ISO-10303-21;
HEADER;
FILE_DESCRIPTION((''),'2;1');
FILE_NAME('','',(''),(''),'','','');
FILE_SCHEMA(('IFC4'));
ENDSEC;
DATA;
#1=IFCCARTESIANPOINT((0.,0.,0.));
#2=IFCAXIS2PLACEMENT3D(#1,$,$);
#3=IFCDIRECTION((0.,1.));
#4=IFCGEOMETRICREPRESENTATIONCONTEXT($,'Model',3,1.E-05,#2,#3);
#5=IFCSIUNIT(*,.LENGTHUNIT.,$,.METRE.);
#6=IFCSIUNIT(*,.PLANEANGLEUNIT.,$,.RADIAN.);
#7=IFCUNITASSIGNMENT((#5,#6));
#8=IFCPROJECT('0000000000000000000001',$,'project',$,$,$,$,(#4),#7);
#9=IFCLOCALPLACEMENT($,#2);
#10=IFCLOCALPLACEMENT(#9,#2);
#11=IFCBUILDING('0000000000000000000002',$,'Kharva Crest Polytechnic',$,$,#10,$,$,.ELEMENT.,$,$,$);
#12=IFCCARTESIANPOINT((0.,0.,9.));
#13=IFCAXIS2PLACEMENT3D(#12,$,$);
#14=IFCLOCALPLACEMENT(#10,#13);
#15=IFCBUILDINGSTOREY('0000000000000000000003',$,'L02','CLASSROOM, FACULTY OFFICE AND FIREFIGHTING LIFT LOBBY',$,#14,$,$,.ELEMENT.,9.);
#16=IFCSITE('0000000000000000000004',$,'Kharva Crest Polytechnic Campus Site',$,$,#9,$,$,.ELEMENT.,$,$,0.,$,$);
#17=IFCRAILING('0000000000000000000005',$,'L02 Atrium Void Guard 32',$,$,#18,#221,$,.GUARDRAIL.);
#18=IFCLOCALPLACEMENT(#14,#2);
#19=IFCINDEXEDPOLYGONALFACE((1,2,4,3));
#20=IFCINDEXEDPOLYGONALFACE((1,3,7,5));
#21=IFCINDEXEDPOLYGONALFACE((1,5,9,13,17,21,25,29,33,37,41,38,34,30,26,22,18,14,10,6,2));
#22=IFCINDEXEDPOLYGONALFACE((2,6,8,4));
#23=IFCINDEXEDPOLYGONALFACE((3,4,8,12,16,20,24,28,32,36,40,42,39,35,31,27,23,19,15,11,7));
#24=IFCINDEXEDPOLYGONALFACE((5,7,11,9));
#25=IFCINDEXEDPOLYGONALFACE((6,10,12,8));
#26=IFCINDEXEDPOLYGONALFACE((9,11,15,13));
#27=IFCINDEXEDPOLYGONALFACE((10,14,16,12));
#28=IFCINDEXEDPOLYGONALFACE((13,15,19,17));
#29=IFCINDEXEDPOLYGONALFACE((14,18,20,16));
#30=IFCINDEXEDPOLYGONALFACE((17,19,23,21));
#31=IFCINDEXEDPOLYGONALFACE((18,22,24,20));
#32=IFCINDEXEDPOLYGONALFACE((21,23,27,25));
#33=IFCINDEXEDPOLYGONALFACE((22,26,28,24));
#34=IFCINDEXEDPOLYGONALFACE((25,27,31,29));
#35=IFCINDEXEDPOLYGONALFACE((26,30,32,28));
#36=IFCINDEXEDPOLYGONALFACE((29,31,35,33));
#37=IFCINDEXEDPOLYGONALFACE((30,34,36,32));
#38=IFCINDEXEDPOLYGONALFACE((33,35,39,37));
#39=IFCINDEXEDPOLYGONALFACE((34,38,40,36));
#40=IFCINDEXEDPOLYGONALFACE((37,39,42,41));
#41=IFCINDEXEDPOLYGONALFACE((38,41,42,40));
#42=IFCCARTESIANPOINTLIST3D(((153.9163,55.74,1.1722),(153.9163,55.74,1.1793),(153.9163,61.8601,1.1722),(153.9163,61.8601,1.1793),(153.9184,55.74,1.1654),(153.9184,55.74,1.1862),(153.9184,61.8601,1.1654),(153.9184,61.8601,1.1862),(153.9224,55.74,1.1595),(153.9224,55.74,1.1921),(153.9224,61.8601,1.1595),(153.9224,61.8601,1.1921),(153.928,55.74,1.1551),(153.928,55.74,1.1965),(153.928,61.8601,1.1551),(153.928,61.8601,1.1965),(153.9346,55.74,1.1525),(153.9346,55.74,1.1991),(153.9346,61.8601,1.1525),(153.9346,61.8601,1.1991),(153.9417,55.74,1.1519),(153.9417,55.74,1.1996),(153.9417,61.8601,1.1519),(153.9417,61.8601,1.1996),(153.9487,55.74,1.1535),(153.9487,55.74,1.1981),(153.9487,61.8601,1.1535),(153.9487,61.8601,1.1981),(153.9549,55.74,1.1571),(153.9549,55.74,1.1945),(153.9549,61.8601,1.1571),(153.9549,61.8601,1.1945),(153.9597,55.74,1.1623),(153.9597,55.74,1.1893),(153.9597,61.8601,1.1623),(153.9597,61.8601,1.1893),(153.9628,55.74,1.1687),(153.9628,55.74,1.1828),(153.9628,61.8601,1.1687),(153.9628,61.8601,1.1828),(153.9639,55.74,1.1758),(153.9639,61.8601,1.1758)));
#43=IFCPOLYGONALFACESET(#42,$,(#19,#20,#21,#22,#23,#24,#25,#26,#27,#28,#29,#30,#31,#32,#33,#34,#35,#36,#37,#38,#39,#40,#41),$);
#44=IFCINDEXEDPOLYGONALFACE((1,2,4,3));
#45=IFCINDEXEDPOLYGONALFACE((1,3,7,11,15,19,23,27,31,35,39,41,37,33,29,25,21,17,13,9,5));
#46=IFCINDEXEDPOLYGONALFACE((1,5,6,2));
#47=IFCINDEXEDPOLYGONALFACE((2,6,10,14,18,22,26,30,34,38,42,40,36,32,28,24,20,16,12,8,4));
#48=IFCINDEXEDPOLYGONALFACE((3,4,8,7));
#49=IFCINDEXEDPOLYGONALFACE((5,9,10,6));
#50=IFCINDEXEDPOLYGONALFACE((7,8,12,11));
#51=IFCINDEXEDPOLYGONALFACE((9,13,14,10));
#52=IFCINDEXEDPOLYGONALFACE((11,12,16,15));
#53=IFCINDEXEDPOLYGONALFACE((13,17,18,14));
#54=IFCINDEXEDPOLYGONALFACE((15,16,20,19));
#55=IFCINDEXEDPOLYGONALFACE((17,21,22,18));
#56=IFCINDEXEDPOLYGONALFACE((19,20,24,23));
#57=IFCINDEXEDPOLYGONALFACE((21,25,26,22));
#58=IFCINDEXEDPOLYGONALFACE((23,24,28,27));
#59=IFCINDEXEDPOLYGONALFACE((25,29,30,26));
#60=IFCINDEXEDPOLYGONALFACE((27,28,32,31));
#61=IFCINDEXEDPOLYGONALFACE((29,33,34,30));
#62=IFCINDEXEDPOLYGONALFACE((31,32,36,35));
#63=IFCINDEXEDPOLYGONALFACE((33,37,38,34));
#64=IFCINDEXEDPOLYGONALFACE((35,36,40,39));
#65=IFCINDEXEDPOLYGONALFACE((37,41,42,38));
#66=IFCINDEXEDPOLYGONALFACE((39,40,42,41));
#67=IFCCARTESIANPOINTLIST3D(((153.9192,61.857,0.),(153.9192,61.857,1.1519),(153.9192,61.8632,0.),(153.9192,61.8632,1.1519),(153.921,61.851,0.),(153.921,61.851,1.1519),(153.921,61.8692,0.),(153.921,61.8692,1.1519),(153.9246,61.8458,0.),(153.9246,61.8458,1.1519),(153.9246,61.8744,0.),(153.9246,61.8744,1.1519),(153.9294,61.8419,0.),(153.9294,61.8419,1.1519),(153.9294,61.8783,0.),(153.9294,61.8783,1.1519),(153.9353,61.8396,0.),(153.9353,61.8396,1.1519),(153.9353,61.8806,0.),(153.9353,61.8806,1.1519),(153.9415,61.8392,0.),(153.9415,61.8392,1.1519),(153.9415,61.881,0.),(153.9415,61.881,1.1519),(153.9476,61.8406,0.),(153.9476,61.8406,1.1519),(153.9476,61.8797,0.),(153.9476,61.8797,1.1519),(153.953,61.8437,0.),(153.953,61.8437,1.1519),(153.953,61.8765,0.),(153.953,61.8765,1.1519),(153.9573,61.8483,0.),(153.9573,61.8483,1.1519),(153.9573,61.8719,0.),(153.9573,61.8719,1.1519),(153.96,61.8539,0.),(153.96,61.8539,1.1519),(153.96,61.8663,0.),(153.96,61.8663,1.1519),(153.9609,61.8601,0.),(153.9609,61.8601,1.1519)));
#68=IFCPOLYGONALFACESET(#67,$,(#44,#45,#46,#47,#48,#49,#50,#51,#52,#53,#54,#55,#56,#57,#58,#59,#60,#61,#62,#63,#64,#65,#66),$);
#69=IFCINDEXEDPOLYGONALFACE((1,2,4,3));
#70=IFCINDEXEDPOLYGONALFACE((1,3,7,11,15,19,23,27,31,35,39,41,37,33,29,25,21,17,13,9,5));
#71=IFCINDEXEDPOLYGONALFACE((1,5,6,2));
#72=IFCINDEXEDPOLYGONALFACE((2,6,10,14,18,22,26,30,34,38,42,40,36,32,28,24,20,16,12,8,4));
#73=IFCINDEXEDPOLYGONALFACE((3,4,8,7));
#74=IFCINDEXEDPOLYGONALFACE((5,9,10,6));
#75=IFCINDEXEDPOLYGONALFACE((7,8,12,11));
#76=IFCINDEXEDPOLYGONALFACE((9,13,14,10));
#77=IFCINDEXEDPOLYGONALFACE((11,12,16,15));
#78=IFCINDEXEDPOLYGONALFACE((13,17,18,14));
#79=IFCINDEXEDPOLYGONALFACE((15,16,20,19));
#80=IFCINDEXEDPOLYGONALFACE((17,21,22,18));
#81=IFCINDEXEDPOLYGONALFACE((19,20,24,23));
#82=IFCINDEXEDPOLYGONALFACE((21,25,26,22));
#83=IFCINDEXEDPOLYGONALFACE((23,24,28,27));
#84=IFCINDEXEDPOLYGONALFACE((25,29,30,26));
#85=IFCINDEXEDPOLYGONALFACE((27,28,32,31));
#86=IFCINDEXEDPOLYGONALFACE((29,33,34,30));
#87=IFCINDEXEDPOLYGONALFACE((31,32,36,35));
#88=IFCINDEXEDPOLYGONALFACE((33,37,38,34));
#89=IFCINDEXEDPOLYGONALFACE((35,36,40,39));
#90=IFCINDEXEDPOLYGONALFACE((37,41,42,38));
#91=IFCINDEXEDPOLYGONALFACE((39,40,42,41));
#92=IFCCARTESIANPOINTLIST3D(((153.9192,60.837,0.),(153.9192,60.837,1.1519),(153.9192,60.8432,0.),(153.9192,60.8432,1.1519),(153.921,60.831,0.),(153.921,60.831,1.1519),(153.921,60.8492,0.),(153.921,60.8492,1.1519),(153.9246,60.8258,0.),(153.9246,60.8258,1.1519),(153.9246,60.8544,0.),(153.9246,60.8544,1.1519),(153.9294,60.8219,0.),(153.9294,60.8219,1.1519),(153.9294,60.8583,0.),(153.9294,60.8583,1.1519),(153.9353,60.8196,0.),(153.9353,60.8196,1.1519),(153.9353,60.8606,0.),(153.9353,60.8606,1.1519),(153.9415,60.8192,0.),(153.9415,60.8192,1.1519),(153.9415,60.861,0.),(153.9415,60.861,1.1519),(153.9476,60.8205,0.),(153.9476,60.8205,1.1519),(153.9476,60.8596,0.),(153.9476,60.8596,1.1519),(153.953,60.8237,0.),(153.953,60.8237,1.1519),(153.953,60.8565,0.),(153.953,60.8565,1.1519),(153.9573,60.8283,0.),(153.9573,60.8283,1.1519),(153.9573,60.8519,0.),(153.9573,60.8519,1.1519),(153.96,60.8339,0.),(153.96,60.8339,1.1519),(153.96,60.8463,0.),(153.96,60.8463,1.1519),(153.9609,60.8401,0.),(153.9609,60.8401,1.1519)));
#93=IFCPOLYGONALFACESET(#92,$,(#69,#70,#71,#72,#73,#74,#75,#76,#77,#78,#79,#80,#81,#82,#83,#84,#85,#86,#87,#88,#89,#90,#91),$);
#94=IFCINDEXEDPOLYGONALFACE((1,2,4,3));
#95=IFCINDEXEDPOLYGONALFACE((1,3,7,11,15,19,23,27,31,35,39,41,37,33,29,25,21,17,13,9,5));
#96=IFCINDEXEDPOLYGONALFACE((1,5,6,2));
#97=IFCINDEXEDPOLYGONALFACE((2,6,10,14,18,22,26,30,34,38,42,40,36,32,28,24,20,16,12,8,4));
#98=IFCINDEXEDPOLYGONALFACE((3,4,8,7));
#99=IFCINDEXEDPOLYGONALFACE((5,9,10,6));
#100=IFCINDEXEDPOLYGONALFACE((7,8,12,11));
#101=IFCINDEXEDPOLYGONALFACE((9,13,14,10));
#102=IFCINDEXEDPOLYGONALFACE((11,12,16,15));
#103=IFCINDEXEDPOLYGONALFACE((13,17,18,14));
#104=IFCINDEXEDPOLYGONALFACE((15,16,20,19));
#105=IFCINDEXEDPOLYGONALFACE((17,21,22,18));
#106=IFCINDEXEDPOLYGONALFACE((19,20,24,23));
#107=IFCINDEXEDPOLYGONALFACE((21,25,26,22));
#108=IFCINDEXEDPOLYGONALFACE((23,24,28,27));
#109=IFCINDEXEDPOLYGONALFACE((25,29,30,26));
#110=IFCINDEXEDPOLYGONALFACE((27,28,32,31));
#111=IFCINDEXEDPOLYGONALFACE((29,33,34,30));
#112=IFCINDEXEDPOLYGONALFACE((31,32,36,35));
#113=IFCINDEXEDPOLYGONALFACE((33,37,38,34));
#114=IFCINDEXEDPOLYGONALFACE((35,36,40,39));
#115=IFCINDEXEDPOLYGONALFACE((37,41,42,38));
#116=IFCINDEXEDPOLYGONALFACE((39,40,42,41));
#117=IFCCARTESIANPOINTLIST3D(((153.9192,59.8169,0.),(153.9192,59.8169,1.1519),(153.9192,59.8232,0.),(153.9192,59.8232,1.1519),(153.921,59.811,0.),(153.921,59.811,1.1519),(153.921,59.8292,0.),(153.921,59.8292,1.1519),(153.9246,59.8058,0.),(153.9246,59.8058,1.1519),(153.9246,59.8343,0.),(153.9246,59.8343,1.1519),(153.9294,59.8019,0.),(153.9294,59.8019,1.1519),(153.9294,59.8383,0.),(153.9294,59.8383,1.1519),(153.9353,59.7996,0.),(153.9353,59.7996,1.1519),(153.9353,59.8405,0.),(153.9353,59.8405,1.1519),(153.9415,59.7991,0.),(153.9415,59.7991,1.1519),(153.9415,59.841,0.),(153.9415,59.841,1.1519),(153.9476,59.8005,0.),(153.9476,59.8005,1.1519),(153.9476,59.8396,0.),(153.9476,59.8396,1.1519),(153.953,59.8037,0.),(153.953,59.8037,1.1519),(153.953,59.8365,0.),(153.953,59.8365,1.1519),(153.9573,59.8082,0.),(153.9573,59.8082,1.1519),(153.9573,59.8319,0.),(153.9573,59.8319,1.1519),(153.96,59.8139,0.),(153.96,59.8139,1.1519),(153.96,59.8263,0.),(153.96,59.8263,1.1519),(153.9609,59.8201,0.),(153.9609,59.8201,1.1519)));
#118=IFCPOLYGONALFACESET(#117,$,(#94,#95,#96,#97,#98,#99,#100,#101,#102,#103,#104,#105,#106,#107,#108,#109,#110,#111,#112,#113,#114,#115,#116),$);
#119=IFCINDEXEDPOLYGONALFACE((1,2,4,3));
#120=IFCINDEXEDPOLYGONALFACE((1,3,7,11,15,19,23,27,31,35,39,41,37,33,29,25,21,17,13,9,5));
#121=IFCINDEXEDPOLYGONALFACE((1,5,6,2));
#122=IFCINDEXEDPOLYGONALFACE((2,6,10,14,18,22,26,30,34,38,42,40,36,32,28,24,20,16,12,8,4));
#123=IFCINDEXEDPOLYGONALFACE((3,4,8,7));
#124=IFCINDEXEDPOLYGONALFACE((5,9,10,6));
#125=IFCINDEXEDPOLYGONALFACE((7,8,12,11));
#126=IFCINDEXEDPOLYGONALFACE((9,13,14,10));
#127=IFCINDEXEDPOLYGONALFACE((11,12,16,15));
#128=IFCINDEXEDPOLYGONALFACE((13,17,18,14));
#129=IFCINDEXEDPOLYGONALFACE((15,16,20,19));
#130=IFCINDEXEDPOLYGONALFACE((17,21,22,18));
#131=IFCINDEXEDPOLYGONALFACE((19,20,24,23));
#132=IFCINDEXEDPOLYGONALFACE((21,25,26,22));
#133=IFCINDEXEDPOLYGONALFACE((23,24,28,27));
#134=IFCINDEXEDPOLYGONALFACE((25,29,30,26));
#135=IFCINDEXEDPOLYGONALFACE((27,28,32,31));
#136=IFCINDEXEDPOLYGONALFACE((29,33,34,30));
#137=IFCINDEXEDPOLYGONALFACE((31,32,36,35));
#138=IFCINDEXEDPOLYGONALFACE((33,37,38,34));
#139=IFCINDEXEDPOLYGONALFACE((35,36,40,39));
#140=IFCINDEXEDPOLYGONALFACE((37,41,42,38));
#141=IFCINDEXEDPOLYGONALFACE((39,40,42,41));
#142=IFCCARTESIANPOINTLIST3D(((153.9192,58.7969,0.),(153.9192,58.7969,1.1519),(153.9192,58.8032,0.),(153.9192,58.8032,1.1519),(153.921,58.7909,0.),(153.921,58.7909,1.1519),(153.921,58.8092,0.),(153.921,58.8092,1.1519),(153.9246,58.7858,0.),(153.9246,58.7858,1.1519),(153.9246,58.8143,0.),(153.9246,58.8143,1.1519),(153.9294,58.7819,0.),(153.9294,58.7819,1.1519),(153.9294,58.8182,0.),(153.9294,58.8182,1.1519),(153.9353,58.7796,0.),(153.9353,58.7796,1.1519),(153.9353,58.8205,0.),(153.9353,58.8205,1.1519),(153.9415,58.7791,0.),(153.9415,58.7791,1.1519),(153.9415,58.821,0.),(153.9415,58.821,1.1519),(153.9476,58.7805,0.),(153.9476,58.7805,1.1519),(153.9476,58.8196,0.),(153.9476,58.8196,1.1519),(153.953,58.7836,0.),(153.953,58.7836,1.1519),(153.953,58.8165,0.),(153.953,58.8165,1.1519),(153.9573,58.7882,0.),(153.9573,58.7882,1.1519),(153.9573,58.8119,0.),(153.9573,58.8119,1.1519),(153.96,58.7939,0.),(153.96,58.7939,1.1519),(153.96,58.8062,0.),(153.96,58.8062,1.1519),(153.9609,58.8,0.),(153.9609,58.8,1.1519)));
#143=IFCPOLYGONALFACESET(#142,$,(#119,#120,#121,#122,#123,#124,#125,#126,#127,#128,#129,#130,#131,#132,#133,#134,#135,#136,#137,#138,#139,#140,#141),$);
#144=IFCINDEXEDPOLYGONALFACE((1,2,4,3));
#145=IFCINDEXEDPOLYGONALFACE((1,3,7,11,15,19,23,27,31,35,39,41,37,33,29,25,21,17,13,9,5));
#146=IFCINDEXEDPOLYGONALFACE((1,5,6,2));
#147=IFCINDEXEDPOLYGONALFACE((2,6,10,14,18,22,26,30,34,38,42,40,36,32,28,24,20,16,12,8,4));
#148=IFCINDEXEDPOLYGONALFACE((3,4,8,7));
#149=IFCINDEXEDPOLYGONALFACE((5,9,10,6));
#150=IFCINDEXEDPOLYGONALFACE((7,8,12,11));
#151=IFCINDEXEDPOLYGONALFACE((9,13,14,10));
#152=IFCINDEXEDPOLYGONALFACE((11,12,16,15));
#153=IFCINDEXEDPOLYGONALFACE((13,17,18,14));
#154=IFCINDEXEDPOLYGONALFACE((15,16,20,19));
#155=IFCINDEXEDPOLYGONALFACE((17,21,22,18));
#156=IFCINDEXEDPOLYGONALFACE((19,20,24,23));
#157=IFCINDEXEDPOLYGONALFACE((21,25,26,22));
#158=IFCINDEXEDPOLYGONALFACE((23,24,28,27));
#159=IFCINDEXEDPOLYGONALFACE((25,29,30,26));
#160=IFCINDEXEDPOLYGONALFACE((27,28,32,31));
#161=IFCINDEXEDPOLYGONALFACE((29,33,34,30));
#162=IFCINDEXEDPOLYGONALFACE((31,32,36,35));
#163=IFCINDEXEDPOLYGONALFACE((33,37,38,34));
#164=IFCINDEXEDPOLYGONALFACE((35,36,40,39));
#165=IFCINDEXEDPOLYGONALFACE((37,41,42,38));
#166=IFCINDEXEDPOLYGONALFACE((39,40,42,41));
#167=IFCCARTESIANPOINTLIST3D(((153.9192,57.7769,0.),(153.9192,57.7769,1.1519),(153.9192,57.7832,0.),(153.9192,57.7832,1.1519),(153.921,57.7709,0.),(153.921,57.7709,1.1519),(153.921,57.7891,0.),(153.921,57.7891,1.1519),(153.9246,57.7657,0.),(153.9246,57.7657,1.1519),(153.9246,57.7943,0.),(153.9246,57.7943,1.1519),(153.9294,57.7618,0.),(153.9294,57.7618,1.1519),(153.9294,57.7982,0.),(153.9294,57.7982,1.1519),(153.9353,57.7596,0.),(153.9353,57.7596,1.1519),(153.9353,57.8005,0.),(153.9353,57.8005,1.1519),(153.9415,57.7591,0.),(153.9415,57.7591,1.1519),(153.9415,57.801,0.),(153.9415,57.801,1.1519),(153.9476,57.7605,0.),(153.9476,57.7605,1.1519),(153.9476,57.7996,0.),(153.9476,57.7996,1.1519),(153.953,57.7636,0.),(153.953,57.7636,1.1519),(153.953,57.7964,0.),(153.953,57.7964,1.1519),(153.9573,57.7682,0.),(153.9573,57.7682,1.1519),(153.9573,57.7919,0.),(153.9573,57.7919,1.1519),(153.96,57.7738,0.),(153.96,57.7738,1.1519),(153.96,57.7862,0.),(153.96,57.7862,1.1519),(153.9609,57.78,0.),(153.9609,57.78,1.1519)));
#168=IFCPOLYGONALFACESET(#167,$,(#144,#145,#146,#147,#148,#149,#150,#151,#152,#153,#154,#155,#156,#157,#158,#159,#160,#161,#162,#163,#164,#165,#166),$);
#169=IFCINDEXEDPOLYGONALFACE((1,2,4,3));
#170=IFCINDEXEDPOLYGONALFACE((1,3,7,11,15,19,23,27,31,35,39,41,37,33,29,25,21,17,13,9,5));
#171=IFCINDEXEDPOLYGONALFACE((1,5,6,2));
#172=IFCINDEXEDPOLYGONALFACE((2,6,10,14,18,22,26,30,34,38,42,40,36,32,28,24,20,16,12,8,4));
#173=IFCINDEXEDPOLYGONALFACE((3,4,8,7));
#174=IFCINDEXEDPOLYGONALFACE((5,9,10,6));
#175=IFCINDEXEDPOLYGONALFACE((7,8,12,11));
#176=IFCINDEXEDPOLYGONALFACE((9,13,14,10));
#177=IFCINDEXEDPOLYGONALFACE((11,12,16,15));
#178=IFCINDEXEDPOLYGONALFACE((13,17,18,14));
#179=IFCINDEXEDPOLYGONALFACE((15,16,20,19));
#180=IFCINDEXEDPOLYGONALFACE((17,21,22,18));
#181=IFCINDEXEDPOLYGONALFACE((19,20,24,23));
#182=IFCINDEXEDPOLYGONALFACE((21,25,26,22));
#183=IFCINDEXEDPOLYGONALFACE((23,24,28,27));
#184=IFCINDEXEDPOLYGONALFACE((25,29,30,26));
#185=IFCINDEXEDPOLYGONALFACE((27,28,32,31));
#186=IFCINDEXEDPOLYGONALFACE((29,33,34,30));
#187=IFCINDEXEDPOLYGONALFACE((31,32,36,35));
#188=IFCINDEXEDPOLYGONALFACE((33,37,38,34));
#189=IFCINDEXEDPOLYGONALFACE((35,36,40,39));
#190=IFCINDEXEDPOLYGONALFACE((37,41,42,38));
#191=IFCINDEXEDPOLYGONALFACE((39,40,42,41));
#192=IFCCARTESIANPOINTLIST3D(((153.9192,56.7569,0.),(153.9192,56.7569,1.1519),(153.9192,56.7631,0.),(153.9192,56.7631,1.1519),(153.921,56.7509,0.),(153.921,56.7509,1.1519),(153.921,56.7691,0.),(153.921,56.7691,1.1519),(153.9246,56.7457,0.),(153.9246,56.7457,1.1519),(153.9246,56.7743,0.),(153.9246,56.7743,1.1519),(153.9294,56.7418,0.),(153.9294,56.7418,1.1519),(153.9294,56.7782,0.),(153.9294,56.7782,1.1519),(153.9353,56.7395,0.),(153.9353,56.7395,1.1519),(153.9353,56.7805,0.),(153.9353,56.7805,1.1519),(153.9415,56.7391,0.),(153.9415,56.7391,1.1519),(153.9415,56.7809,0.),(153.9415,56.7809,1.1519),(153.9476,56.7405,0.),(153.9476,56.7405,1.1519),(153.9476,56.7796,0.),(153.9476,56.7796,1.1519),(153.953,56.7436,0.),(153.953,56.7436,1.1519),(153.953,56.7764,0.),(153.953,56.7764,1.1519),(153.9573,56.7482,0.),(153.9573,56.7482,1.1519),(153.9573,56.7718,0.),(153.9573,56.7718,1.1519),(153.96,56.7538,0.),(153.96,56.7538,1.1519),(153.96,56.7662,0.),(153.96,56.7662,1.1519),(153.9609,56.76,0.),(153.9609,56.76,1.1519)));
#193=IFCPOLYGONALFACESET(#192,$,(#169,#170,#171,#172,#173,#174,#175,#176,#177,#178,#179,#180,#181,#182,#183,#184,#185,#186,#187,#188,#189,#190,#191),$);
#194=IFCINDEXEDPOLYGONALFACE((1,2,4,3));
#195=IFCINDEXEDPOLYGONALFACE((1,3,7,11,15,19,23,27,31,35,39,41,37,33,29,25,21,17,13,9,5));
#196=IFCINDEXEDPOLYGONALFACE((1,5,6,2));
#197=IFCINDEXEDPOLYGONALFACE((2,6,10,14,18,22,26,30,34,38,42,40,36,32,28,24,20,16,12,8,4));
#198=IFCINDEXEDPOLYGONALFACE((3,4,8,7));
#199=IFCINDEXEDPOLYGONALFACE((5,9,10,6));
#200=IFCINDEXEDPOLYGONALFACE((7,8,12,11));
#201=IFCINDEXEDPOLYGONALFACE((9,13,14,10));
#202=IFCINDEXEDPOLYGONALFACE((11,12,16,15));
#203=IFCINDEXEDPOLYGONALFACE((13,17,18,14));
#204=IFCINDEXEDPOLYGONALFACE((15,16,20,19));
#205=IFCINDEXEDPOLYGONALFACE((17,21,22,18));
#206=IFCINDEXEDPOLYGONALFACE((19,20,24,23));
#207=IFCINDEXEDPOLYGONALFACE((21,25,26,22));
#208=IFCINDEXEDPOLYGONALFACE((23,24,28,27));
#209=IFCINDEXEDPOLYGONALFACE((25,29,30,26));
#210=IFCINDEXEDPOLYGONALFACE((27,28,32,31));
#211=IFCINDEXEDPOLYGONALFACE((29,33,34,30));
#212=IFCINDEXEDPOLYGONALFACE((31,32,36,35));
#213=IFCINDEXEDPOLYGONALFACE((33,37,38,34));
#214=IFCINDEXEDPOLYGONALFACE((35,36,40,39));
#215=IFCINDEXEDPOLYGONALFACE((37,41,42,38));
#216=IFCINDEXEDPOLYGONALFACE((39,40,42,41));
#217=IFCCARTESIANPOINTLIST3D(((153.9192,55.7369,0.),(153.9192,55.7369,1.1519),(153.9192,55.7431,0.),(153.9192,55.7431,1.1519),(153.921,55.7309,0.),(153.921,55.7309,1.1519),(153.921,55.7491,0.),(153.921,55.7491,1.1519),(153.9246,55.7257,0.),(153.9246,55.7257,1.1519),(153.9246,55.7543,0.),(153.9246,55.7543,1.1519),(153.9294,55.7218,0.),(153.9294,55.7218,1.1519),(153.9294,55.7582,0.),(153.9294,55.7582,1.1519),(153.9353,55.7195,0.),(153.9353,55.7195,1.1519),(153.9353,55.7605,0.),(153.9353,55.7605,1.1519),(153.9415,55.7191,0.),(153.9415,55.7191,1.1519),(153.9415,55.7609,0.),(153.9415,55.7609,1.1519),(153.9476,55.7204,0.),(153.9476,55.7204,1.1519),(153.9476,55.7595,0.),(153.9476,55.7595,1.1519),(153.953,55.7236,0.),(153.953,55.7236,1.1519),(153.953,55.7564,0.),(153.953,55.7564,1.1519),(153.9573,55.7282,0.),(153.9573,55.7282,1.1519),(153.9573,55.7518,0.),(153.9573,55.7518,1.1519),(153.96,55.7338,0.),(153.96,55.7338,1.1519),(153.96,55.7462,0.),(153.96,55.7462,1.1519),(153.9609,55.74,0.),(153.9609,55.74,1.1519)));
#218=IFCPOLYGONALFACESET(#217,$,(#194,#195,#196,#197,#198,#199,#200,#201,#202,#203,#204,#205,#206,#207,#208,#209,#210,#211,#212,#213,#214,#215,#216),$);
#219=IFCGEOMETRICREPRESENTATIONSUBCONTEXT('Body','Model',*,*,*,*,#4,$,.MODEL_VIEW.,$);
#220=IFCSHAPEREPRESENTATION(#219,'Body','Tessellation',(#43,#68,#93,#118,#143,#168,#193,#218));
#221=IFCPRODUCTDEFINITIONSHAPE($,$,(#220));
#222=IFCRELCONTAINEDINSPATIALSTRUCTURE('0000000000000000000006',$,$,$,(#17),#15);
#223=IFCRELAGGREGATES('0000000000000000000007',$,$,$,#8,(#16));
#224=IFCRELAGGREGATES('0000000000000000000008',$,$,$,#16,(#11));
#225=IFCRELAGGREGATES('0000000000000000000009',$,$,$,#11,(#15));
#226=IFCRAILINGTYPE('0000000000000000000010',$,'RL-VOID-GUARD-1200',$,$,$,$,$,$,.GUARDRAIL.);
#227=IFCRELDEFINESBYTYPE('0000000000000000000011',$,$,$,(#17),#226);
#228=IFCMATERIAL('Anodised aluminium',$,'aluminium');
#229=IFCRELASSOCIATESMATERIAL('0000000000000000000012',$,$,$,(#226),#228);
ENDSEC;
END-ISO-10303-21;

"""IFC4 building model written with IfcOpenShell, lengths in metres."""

from ifc_helpers import new_model, si_unit, direction, frame, origin, origin_2d, place, context, subcontext, project, spatial, circle, extrude, material, type_object, element, save


model = new_model("IFC4")

# Units and contexts
model_context = context("Model", 3, precision=1e-05, world=origin(), true_north=direction((0.0, 1.0)))
body_context = subcontext(model_context, "Body", "Model", "MODEL_VIEW")
ifc_project = project(units=[si_unit("LENGTHUNIT", "METRE"), si_unit("PLANEANGLEUNIT", "RADIAN")], contexts=[model_context])

# Site, building, storey
site_placement = place(None, origin())
site = spatial("IfcSite", under=ifc_project, at=site_placement, Name="Kharva Crest Polytechnic Campus Site", CompositionType="ELEMENT", RefElevation=0.0)
building_placement = place(site_placement, origin())
building = spatial("IfcBuilding", under=site, at=building_placement, Name="Kharva Crest Polytechnic", CompositionType="ELEMENT")
storey_placement = place(building_placement, frame((0.0, 0.0, 9.0)))
storey = spatial("IfcBuildingStorey", under=building, at=storey_placement, Name="L02", Description="CLASSROOM, FACULTY OFFICE AND FIREFIGHTING LIFT LOBBY", CompositionType="ELEMENT", Elevation=9.0)

# Shared definitions
ifc_material_1 = material(Name="Anodised aluminium", Category="aluminium")

# Railing
railing_type = type_object("IfcRailingType", Name="RL-VOID-GUARD-1200", PredefinedType="GUARDRAIL", material=ifc_material_1)
railing_1_placement = place(storey_placement, frame((153.9399, 61.8601, 0.0)))
element("IfcRailing", 1, at=railing_1_placement, inside=storey, type_object=railing_type, Name="L02 Atrium Void Guard 32", PredefinedType="GUARDRAIL", context=body_context, shape_type="SweptSolid", body=[
    extrude(circle(Radius=0.0239, at=origin_2d()), frame((0.0, 0.0, 1.1758), z_axis=(0.0, -1.0, 0.0), x_axis=(1.0, 0.0, 0.0)), (0.0, 0.0, 1.0), 6.1201),
    extrude(circle(Radius=0.021, at=origin_2d()), origin(), (0.0, 0.0, 1.0), 1.1519),
    extrude(circle(Radius=0.021, at=origin_2d()), frame((0.0, -1.02, 0.0)), (0.0, 0.0, 1.0), 1.1519),
    extrude(circle(Radius=0.021, at=origin_2d()), frame((0.0, -2.04, 0.0)), (0.0, 0.0, 1.0), 1.1519),
    extrude(circle(Radius=0.021, at=origin_2d()), frame((0.0, -3.0601, 0.0)), (0.0, 0.0, 1.0), 1.1519),
    extrude(circle(Radius=0.021, at=origin_2d()), frame((0.0, -4.0801, 0.0)), (0.0, 0.0, 1.0), 1.1519),
    extrude(circle(Radius=0.021, at=origin_2d()), frame((0.0, -5.1001, 0.0)), (0.0, 0.0, 1.0), 1.1519),
    extrude(circle(Radius=0.021, at=origin_2d()), frame((0.0, -6.1201, 0.0)), (0.0, 0.0, 1.0), 1.1519),
])

save(model, "model.ifc")
